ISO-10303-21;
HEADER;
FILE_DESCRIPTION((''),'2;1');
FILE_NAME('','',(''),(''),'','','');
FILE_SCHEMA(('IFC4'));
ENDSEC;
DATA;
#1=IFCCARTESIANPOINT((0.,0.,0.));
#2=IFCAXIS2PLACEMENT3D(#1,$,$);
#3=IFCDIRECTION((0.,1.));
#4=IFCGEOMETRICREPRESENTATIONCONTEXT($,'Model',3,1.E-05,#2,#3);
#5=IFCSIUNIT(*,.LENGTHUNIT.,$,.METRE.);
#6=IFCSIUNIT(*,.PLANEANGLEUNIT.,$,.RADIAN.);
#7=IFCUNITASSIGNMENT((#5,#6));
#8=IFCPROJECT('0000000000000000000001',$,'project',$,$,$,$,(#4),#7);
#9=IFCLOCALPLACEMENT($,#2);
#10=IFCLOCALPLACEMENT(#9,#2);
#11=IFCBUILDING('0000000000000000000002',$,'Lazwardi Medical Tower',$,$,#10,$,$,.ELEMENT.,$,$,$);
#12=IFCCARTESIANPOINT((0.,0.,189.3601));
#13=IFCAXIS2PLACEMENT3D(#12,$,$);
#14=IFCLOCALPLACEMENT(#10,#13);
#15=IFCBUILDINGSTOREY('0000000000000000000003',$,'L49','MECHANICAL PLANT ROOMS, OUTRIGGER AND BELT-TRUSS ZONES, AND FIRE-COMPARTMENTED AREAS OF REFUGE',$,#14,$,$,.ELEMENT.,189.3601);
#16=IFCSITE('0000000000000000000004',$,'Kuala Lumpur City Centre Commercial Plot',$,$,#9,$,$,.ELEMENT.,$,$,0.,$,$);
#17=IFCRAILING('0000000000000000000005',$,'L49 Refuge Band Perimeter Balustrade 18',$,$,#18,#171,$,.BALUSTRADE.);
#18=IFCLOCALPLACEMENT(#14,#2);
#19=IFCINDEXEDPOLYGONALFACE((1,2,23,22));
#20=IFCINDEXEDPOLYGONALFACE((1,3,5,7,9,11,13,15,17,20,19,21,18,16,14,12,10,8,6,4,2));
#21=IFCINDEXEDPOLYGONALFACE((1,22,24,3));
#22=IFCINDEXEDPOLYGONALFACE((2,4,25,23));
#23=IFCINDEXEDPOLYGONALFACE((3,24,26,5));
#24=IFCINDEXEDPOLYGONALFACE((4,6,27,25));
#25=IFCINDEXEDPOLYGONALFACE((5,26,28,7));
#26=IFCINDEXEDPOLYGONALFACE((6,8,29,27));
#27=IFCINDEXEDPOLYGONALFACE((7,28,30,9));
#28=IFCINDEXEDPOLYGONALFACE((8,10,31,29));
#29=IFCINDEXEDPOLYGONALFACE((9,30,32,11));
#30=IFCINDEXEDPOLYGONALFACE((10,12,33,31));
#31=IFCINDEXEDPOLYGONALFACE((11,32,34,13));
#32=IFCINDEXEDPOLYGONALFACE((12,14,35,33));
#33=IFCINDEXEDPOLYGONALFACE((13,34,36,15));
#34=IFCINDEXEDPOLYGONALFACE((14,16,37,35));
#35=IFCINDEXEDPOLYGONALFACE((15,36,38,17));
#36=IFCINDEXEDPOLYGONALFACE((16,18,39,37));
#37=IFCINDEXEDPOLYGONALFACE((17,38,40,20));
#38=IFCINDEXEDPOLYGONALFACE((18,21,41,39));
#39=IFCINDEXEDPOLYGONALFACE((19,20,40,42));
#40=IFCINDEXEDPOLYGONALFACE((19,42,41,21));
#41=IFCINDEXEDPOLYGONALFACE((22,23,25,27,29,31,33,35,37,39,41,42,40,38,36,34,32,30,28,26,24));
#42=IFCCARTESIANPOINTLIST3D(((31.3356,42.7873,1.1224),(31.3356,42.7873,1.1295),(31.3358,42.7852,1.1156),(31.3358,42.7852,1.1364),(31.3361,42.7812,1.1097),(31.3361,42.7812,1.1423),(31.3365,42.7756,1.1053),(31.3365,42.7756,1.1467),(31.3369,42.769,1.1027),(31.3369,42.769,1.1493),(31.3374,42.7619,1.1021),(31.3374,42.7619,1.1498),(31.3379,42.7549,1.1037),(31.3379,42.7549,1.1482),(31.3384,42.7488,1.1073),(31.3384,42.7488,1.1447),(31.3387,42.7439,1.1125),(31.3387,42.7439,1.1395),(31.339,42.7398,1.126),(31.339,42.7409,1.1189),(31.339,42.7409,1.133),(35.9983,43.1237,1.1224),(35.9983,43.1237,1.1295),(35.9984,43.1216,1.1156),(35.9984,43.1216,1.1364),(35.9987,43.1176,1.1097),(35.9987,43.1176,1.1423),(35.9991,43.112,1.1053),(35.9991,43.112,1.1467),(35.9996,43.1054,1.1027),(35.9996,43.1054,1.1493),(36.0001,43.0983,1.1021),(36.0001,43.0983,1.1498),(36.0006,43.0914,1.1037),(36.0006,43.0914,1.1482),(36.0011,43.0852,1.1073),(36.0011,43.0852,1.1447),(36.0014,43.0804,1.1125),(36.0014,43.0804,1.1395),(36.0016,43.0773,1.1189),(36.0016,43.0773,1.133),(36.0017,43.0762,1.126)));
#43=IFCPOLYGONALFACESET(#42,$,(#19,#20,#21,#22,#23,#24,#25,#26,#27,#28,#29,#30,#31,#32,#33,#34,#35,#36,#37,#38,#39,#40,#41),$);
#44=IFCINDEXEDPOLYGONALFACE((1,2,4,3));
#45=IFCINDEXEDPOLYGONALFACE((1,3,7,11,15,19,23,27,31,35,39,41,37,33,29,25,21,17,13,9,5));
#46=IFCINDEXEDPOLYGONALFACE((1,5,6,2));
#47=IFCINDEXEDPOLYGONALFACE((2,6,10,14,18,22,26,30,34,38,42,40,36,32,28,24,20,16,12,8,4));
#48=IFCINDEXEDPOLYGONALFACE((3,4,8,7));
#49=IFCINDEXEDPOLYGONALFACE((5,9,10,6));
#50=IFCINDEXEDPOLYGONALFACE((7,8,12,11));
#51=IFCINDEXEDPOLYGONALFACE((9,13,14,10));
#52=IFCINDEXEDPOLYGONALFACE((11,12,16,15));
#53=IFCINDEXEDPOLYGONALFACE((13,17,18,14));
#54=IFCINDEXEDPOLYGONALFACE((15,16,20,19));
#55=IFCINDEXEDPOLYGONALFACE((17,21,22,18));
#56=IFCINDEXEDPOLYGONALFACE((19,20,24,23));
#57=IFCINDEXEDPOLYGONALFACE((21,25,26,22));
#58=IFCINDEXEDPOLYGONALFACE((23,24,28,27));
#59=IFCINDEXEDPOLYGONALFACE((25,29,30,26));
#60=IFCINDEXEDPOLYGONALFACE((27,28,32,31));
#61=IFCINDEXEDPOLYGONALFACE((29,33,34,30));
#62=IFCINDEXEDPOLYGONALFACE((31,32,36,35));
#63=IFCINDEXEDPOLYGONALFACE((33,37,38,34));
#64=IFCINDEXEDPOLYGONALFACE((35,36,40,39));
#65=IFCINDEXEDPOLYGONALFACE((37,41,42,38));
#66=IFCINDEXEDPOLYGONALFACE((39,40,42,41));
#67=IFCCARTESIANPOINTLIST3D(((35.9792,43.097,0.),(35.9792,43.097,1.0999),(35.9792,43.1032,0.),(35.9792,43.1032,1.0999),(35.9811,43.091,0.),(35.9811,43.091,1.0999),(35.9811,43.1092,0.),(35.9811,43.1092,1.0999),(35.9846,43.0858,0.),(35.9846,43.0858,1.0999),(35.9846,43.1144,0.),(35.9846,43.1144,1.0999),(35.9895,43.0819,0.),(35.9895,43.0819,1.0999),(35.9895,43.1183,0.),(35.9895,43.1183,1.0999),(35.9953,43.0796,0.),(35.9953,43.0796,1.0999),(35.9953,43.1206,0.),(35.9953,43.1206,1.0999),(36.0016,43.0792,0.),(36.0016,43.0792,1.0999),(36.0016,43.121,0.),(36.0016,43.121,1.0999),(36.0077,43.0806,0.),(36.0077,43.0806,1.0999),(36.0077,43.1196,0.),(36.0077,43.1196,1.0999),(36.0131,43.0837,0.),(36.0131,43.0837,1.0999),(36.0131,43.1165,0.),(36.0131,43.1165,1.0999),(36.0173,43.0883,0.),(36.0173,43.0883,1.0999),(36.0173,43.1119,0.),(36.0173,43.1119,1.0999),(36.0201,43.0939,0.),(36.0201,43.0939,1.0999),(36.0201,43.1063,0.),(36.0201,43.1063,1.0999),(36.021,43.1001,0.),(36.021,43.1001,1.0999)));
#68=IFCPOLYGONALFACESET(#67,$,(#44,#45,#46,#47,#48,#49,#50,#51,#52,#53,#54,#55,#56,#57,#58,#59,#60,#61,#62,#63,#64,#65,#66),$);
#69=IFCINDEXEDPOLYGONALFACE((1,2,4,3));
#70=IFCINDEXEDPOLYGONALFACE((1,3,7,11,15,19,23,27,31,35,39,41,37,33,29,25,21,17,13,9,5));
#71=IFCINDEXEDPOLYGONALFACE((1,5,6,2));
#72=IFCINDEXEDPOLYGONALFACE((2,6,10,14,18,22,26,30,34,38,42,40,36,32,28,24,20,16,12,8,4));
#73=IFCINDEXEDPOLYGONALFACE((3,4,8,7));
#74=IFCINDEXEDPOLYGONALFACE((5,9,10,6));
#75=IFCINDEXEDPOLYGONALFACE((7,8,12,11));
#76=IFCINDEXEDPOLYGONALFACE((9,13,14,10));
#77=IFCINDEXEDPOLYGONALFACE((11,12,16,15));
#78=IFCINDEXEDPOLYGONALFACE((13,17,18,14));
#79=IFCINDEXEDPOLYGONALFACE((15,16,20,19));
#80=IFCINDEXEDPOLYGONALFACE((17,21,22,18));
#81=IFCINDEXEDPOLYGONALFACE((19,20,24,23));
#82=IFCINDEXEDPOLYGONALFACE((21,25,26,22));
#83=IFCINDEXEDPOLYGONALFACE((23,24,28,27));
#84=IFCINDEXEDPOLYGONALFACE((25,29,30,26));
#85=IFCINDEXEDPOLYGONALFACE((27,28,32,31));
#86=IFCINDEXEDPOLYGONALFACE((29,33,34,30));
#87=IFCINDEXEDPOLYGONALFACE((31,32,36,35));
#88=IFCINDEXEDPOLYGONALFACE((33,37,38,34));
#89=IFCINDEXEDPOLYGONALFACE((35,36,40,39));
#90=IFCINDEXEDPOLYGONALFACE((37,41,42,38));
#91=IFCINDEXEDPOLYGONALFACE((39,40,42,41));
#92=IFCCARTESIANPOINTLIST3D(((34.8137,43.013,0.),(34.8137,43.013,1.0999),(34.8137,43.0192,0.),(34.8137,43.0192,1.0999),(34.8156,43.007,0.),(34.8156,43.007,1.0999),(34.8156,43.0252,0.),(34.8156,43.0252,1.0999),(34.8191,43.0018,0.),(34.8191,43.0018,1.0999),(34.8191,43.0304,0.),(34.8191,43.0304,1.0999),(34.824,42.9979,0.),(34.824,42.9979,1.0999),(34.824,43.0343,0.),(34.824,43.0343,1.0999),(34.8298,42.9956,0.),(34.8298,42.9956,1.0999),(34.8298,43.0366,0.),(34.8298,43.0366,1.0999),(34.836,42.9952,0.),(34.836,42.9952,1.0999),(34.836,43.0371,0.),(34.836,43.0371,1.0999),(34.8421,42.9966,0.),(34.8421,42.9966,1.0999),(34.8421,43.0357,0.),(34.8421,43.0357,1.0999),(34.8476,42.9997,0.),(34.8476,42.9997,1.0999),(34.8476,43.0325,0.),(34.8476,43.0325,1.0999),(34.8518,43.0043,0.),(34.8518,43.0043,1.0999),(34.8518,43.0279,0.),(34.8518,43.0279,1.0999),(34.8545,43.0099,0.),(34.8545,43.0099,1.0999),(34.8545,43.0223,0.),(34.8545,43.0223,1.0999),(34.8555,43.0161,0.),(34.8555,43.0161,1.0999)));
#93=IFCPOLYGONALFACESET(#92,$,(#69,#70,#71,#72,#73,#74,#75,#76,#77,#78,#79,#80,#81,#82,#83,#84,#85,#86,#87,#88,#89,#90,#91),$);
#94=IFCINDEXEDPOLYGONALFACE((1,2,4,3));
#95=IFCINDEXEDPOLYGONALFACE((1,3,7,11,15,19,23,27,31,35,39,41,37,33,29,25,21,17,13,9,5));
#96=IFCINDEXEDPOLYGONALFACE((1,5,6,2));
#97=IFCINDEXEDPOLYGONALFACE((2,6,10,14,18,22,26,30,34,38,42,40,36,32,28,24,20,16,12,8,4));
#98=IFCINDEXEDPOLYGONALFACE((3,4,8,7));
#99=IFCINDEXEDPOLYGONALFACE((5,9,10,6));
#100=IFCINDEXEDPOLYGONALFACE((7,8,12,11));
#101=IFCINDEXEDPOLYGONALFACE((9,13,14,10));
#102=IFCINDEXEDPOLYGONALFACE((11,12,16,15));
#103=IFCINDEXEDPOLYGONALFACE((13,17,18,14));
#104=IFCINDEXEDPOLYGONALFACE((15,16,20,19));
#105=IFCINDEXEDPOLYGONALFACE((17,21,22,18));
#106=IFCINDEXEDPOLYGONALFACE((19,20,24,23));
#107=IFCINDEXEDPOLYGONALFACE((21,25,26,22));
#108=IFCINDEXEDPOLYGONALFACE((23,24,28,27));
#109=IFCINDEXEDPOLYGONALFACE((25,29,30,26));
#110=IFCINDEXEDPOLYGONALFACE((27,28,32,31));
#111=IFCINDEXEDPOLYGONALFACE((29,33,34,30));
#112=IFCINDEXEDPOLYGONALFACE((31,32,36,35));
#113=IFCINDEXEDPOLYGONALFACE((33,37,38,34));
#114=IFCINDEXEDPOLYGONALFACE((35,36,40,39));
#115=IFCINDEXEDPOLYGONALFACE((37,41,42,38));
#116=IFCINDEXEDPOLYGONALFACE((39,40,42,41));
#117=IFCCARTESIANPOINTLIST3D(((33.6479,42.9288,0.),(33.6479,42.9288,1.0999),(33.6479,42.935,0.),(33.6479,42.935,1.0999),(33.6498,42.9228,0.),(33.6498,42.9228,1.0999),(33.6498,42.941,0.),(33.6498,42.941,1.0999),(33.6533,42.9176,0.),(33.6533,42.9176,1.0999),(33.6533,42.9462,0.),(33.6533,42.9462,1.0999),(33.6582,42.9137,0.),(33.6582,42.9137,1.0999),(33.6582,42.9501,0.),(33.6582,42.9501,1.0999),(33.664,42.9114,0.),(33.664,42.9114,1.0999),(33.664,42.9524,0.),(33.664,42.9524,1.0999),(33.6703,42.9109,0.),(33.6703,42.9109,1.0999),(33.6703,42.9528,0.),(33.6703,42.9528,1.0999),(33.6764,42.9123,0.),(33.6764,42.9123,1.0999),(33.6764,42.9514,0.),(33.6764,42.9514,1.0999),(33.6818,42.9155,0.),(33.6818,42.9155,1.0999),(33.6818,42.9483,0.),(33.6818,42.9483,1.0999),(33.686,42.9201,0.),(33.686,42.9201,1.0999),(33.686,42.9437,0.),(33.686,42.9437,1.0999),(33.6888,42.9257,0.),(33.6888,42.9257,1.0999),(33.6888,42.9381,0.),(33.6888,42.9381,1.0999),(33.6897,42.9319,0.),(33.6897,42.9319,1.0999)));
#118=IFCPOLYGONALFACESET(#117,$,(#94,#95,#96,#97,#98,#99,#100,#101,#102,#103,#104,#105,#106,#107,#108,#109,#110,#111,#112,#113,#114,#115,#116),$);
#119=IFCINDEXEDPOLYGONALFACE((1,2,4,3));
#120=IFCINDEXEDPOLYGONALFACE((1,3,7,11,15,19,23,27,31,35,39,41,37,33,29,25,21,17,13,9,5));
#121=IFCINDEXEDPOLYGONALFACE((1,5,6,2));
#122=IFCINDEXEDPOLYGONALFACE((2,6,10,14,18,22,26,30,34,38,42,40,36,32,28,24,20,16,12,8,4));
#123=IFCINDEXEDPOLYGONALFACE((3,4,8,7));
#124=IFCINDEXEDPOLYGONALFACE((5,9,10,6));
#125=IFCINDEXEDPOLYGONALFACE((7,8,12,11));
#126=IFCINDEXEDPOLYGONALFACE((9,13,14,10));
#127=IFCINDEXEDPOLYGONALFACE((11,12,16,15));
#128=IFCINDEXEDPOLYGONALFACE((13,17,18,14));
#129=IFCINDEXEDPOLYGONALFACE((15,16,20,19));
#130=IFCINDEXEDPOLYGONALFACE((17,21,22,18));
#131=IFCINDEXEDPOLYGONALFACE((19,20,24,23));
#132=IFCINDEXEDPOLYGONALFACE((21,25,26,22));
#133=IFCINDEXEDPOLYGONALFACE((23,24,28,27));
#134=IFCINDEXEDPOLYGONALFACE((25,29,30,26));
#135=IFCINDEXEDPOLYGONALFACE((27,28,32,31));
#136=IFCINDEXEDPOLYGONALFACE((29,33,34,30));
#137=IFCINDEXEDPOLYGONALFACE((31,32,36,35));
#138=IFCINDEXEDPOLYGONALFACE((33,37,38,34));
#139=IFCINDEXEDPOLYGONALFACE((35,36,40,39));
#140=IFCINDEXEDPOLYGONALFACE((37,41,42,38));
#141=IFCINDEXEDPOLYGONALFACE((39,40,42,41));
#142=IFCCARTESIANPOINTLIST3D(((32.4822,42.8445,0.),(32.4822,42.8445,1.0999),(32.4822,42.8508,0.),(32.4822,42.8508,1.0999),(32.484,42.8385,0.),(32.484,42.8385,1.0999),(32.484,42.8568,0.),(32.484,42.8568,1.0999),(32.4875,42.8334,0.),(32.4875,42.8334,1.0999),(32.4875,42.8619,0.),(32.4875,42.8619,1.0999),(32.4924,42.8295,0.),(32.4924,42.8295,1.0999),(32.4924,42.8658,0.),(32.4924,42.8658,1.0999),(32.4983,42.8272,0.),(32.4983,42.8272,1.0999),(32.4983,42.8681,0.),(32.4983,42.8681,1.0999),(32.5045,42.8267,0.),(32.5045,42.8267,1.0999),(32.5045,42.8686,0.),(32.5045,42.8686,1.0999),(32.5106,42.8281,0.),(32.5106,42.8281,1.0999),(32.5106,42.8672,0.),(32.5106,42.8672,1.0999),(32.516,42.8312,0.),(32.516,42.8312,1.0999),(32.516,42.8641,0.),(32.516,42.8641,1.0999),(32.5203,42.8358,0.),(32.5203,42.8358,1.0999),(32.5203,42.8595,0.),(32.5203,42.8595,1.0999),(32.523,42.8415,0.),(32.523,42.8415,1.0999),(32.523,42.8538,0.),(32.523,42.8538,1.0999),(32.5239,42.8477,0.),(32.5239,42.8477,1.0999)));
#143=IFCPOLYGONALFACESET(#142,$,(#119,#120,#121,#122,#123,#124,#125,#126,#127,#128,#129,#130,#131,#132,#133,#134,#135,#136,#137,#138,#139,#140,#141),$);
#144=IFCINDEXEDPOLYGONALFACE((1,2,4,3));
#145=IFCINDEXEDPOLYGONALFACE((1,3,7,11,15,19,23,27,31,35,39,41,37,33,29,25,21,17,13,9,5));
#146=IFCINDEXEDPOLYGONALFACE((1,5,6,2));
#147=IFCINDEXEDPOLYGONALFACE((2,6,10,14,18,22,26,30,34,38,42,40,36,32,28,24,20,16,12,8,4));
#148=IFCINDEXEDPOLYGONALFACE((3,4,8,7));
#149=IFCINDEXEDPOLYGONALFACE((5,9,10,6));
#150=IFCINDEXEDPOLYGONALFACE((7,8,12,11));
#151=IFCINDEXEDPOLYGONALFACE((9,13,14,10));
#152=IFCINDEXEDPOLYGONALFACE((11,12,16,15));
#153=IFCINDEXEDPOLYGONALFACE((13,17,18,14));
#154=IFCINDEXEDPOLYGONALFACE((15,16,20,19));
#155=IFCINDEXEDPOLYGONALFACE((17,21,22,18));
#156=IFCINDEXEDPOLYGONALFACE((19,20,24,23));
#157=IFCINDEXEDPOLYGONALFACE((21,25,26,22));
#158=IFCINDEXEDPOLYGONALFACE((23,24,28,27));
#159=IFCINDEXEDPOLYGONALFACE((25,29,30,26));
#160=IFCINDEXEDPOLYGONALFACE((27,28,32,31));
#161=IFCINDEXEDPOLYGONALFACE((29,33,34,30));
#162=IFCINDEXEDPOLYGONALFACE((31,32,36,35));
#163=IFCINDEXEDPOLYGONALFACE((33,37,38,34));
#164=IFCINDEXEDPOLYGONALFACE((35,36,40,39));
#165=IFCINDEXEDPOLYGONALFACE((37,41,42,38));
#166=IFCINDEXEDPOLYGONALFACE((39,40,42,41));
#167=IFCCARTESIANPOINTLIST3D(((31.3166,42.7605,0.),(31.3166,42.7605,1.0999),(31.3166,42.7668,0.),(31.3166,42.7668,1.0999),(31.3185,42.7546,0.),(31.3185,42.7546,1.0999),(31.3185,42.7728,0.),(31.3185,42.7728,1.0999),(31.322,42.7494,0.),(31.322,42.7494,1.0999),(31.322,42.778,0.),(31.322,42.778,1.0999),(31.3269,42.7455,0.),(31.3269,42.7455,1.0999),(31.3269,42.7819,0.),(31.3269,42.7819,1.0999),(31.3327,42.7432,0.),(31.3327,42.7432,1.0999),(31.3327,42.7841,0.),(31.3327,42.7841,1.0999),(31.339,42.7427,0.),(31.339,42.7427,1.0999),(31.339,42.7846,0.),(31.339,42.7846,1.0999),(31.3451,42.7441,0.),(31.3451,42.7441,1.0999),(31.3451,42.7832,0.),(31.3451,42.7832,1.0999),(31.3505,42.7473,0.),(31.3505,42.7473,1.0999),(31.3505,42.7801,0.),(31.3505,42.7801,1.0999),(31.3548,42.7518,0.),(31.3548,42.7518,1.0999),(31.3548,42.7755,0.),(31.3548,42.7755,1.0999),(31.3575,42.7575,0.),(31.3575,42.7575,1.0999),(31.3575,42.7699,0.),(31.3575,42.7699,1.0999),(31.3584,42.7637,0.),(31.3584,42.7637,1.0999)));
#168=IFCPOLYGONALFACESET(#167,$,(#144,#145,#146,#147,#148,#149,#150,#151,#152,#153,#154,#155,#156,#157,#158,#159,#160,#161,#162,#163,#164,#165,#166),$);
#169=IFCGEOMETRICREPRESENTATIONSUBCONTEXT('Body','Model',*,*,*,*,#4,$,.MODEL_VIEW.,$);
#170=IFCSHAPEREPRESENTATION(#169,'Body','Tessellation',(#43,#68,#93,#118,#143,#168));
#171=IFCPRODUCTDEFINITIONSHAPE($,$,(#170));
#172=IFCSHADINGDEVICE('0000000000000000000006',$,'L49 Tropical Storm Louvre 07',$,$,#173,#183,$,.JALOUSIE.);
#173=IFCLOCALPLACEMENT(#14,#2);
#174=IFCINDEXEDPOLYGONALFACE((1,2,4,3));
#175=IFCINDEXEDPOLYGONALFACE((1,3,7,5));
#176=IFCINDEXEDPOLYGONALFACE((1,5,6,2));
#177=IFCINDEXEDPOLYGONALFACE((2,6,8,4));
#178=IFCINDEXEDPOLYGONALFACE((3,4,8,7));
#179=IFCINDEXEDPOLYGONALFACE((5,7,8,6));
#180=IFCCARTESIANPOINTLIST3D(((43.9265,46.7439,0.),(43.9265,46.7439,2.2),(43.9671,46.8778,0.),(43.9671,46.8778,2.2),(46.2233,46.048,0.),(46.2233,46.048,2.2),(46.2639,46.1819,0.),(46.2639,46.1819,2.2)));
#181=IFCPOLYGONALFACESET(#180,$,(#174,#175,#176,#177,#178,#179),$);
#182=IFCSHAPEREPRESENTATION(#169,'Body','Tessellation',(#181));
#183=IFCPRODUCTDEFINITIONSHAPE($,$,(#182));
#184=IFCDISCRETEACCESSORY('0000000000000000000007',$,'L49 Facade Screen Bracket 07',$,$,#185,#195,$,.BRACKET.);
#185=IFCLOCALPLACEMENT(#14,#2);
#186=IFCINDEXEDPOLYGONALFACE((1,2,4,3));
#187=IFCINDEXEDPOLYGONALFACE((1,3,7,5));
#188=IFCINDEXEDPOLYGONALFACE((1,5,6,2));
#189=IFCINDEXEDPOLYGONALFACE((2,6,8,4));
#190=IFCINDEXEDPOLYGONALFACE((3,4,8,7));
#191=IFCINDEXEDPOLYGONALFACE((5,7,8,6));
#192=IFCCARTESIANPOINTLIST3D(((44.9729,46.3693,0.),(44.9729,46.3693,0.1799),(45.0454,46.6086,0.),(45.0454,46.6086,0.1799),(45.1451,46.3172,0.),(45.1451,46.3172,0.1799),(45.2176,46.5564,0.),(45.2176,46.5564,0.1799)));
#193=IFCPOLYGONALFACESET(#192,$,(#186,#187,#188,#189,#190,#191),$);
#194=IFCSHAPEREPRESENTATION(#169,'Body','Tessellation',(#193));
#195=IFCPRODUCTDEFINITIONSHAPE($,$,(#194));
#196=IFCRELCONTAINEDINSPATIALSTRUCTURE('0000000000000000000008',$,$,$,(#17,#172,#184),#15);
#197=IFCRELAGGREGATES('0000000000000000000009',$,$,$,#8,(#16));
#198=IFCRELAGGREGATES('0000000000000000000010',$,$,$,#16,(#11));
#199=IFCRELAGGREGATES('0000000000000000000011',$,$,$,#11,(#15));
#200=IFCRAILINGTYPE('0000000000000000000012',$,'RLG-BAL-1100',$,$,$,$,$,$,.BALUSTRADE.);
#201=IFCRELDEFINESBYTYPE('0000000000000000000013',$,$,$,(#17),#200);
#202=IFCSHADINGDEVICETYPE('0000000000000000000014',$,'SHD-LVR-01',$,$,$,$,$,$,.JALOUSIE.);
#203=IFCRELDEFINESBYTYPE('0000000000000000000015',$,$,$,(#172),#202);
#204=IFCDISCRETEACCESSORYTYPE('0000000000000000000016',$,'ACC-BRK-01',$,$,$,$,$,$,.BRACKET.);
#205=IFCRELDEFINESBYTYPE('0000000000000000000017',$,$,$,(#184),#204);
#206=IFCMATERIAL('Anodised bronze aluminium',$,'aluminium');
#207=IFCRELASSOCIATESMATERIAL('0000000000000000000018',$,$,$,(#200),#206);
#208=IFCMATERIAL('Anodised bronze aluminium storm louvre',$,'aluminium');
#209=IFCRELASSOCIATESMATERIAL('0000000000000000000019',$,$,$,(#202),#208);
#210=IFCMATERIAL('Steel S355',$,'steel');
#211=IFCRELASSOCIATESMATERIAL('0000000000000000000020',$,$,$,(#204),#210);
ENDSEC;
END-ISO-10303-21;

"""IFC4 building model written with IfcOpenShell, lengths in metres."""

from ifc_helpers import new_model, si_unit, direction, frame, origin, origin_2d, place, context, subcontext, project, spatial, rectangle, circle, extrude, material, type_object, element, save


model = new_model("IFC4")

# Units and contexts
model_context = context("Model", 3, precision=1e-05, world=origin(), true_north=direction((0.0, 1.0)))
body_context = subcontext(model_context, "Body", "Model", "MODEL_VIEW")
ifc_project = project(units=[si_unit("LENGTHUNIT", "METRE"), si_unit("PLANEANGLEUNIT", "RADIAN")], contexts=[model_context])

# Site, building, storey
site_placement = place(None, origin())
site = spatial("IfcSite", under=ifc_project, at=site_placement, Name="Kuala Lumpur City Centre Commercial Plot", CompositionType="ELEMENT", RefElevation=0.0)
building_placement = place(site_placement, origin())
building = spatial("IfcBuilding", under=site, at=building_placement, Name="Lazwardi Medical Tower", CompositionType="ELEMENT")
storey_placement = place(building_placement, frame((0.0, 0.0, 189.3601)))
storey = spatial("IfcBuildingStorey", under=building, at=storey_placement, Name="L49", Description="MECHANICAL PLANT ROOMS, OUTRIGGER AND BELT-TRUSS ZONES, AND FIRE-COMPARTMENTED AREAS OF REFUGE", CompositionType="ELEMENT", Elevation=189.3601)

# Shared definitions
ifc_material_1 = material(Name="Steel S355", Category="steel")

# Railing
ifc_material_2 = material(Name="Anodised bronze aluminium", Category="aluminium")
railing_type = type_object("IfcRailingType", Name="RLG-BAL-1100", PredefinedType="BALUSTRADE", material=ifc_material_2)
railing_1_placement = place(storey_placement, frame((36.0, 43.1001, 0.0)))
element("IfcRailing", 1, at=railing_1_placement, inside=storey, type_object=railing_type, Name="L49 Refuge Band Perimeter Balustrade 18", PredefinedType="BALUSTRADE", context=body_context, shape_type="SweptSolid", body=[
    extrude(circle(Radius=0.0239, at=origin_2d()), frame((0.0, 0.0, 1.126), z_axis=(-0.997407, -0.071967, 0.0), x_axis=(0.071967, -0.997407, 0.0)), (0.0, 0.0, 1.0), 4.6748),
    extrude(circle(Radius=0.021, at=origin_2d()), origin(), (0.0, 0.0, 1.0), 1.0999),
    extrude(circle(Radius=0.021, at=origin_2d()), frame((-1.1655, -0.084, 0.0)), (0.0, 0.0, 1.0), 1.0999),
    extrude(circle(Radius=0.021, at=origin_2d()), frame((-2.3313, -0.1682, 0.0)), (0.0, 0.0, 1.0), 1.0999),
    extrude(circle(Radius=0.021, at=origin_2d()), frame((-3.4971, -0.2524, 0.0)), (0.0, 0.0, 1.0), 1.0999),
    extrude(circle(Radius=0.021, at=origin_2d()), frame((-4.6626, -0.3364, 0.0)), (0.0, 0.0, 1.0), 1.0999),
])

# Shading device
ifc_material_3 = material(Name="Anodised bronze aluminium storm louvre", Category="aluminium")
shading_device_type = type_object("IfcShadingDeviceType", Name="SHD-LVR-01", PredefinedType="JALOUSIE", material=ifc_material_3)
shading_device_placement = place(storey_placement, frame((45.0952, 46.4629, 0.0), z_axis=(0.0, 0.0, 1.0), x_axis=(-0.957032, 0.289981, 0.0)))
element("IfcShadingDevice", 2, at=shading_device_placement, inside=storey, type_object=shading_device_type, Name="L49 Tropical Storm Louvre 07", PredefinedType="JALOUSIE", context=body_context, shape_type="SweptSolid", body=[
    extrude(rectangle(XDim=2.3999, YDim=0.1399, at=origin_2d()), origin(), (0.0, 0.0, 1.0), 2.2),
])

# Discrete accessory
discrete_accessory_type = type_object("IfcDiscreteAccessoryType", Name="ACC-BRK-01", PredefinedType="BRACKET", material=ifc_material_1)
discrete_accessory_placement = place(storey_placement, frame((45.0952, 46.4629, 0.0), z_axis=(0.0, 0.0, 1.0), x_axis=(-0.957032, 0.289981, 0.0)))
element("IfcDiscreteAccessory", 3, at=discrete_accessory_placement, inside=storey, type_object=discrete_accessory_type, Name="L49 Facade Screen Bracket 07", PredefinedType="BRACKET", context=body_context, shape_type="SweptSolid", body=[
    extrude(rectangle(XDim=0.1799, YDim=0.25, at=origin_2d()), origin(), (0.0, 0.0, 1.0), 0.1799),
])

save(model, "model.ifc")
